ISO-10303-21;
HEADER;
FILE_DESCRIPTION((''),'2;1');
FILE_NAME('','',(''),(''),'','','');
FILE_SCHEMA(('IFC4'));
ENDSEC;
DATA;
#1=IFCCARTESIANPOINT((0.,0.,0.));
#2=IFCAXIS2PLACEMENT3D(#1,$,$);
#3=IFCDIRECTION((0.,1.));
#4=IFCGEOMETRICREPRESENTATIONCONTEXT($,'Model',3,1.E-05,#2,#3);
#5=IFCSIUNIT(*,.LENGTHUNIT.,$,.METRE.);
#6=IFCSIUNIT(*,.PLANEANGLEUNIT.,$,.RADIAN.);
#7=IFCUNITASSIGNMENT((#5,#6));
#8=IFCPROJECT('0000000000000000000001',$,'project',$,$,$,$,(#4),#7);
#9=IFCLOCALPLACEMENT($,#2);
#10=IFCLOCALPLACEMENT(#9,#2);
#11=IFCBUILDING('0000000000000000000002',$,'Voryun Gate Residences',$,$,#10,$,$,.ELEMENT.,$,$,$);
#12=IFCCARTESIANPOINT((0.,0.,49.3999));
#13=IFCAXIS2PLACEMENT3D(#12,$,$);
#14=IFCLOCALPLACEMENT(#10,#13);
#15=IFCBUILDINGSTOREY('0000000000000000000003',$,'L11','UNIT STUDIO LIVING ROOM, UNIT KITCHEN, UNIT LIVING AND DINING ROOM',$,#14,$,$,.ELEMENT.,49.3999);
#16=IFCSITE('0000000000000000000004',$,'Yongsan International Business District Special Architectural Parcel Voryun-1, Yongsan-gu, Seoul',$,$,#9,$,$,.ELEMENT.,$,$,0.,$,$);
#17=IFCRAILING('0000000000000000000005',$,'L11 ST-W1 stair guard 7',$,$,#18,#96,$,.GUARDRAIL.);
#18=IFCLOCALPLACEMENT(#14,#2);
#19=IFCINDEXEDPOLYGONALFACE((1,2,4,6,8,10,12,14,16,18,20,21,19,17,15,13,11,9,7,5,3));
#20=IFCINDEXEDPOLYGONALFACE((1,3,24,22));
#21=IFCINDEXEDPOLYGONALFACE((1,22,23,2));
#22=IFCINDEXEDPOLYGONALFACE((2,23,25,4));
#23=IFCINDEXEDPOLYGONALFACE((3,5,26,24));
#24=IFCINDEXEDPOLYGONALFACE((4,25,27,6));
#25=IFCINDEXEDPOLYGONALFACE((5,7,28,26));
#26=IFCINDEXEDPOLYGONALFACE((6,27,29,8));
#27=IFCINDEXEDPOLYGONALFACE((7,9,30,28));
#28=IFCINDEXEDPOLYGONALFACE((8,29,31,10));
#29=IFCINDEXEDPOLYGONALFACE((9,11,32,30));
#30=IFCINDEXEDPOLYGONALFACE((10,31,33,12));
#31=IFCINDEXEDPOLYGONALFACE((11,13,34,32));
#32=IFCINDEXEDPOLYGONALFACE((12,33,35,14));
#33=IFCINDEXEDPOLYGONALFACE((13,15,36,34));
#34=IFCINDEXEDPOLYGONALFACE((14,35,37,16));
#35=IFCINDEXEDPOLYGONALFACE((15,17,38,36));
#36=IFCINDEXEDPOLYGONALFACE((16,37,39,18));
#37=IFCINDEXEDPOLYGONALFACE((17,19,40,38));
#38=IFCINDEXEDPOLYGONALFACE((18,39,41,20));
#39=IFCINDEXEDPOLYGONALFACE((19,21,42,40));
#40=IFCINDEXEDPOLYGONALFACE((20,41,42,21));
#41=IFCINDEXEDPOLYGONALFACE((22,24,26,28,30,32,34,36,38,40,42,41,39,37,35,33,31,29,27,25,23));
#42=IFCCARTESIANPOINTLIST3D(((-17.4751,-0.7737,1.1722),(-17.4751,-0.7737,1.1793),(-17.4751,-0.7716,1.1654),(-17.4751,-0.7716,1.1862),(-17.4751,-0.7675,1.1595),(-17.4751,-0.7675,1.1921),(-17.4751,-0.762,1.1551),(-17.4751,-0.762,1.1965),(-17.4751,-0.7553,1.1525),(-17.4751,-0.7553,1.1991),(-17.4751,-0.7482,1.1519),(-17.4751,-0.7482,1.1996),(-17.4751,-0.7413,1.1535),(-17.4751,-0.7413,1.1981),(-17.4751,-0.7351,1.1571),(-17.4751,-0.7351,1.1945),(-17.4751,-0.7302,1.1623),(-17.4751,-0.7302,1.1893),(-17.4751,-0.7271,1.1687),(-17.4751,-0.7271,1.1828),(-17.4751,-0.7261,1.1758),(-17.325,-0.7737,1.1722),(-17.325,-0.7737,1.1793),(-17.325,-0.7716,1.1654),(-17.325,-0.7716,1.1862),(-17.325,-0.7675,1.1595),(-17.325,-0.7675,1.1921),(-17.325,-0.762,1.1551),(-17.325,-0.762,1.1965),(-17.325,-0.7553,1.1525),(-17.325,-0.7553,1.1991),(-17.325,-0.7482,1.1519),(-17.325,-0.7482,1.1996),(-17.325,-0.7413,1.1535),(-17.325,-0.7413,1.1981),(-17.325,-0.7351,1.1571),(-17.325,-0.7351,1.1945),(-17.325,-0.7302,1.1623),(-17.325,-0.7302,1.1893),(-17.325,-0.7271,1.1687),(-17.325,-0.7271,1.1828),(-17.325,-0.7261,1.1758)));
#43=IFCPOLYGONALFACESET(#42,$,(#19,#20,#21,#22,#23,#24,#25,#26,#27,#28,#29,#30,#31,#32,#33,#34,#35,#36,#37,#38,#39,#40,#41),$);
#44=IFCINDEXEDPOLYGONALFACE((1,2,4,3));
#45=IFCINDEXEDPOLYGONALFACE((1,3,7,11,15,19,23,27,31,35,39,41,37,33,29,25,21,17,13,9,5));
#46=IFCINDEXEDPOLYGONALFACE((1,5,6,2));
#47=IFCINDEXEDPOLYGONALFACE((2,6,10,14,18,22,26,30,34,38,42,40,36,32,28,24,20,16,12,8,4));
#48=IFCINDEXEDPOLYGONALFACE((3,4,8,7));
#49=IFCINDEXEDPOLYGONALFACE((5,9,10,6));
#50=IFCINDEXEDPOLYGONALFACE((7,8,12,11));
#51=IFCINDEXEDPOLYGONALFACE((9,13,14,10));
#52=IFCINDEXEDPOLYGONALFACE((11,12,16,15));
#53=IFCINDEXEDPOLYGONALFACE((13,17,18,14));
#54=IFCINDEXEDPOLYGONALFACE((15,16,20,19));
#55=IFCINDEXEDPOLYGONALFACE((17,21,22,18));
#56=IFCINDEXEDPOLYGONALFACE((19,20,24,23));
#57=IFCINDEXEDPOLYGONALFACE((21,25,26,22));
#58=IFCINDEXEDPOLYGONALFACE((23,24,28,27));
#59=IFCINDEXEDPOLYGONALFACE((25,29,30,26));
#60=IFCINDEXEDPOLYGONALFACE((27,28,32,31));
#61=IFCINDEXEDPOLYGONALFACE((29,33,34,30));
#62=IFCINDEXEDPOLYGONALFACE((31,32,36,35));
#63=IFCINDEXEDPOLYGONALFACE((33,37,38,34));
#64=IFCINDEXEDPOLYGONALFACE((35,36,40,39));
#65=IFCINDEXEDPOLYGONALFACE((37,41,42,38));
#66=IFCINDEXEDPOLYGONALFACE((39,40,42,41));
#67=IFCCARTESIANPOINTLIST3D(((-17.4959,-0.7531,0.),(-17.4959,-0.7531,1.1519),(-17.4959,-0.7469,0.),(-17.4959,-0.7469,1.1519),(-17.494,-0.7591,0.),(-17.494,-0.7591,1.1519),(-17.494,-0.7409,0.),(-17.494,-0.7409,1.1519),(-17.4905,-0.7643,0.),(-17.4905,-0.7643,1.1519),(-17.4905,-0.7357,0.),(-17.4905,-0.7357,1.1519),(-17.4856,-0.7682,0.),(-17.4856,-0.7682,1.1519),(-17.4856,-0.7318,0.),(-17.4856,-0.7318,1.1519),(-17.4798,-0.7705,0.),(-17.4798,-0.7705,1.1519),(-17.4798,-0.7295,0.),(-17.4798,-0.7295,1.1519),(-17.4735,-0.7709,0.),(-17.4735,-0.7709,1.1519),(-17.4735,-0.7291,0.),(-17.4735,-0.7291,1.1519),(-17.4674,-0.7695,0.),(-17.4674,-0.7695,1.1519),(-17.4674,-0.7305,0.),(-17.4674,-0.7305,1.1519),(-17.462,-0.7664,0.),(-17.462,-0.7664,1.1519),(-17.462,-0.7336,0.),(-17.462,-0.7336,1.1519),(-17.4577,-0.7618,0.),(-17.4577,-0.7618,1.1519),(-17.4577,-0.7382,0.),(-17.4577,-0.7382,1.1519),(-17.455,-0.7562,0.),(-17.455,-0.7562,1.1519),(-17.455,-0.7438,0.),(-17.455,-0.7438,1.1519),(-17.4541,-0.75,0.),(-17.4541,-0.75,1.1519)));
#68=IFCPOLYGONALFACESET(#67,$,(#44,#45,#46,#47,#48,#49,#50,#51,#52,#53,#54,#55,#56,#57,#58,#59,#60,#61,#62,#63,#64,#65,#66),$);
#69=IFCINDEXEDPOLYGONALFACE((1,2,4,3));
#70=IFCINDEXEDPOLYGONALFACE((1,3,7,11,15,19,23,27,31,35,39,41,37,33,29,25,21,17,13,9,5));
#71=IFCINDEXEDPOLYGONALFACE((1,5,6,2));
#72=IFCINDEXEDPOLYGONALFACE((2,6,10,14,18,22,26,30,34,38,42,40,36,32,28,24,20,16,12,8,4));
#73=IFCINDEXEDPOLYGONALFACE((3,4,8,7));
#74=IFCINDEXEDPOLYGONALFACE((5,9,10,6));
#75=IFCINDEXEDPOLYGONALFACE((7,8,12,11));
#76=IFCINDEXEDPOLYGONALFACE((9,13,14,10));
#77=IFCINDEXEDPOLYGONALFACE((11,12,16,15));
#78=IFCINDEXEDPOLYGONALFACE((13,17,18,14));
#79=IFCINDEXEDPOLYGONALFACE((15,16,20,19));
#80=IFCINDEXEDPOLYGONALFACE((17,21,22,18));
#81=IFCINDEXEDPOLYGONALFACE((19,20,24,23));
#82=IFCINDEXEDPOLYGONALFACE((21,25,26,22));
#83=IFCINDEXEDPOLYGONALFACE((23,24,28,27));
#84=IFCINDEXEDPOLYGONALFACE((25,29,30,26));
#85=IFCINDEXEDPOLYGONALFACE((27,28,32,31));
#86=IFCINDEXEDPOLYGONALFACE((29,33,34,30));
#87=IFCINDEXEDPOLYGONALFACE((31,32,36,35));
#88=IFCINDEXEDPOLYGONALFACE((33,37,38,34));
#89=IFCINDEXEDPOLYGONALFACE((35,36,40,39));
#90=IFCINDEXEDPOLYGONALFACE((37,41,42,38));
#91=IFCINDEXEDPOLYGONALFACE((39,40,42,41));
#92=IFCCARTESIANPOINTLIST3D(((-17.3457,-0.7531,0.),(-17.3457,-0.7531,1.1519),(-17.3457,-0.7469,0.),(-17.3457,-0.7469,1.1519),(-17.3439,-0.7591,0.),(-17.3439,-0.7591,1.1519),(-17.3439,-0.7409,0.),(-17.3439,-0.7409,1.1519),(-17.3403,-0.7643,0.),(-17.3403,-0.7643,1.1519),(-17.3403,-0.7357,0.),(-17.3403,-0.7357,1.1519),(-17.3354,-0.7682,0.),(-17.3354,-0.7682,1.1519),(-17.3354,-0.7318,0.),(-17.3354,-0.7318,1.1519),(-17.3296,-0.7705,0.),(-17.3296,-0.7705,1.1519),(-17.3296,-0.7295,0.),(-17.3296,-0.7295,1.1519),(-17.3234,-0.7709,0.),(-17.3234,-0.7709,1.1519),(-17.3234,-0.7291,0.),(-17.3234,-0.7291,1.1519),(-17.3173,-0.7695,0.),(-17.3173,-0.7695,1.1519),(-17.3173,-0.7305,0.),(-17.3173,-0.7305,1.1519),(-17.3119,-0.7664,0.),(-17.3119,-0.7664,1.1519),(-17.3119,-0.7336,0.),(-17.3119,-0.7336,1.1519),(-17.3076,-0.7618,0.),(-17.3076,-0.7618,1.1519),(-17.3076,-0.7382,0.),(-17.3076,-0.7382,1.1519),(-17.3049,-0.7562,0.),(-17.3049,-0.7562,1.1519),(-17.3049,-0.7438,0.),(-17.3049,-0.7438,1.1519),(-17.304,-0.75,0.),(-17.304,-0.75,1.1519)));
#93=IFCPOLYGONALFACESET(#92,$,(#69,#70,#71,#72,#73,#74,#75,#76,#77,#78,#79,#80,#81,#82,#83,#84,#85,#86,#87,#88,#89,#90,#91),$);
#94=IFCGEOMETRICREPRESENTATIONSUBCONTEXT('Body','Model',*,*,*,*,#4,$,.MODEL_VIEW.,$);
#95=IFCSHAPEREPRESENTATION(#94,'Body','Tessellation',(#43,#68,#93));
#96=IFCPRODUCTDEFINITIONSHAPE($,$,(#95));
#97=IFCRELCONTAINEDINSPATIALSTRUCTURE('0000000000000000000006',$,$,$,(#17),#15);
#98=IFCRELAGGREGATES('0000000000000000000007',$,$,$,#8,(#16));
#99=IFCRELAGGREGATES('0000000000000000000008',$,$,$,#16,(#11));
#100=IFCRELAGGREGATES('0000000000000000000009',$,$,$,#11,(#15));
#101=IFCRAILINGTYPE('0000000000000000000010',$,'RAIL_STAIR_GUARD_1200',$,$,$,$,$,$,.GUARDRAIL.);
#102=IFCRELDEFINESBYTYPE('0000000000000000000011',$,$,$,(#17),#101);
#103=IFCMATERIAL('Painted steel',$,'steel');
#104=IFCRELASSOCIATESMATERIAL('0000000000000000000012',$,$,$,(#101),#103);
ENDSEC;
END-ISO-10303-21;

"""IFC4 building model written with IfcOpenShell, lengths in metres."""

from ifc_helpers import new_model, si_unit, direction, frame, origin, origin_2d, place, context, subcontext, project, spatial, circle, extrude, material, type_object, element, save


model = new_model("IFC4")

# Units and contexts
model_context = context("Model", 3, precision=1e-05, world=origin(), true_north=direction((0.0, 1.0)))
body_context = subcontext(model_context, "Body", "Model", "MODEL_VIEW")
ifc_project = project(units=[si_unit("LENGTHUNIT", "METRE"), si_unit("PLANEANGLEUNIT", "RADIAN")], contexts=[model_context])

# Site, building, storey
site_placement = place(None, origin())
site = spatial("IfcSite", under=ifc_project, at=site_placement, Name="Yongsan International Business District Special Architectural Parcel Voryun-1, Yongsan-gu, Seoul", CompositionType="ELEMENT", RefElevation=0.0)
building_placement = place(site_placement, origin())
building = spatial("IfcBuilding", under=site, at=building_placement, Name="Voryun Gate Residences", CompositionType="ELEMENT")
storey_placement = place(building_placement, frame((0.0, 0.0, 49.3999)))
storey = spatial("IfcBuildingStorey", under=building, at=storey_placement, Name="L11", Description="UNIT STUDIO LIVING ROOM, UNIT KITCHEN, UNIT LIVING AND DINING ROOM", CompositionType="ELEMENT", Elevation=49.3999)

# Railing
ifc_material_1 = material(Name="Painted steel", Category="steel")
railing_type_1 = type_object("IfcRailingType", Name="RAIL_STAIR_GUARD_1200", PredefinedType="GUARDRAIL", material=ifc_material_1)
railing_1_placement = place(storey_placement, frame((-17.4751, -0.75, 0.0)))
element("IfcRailing", 1, at=railing_1_placement, inside=storey, type_object=railing_type_1, Name="L11 ST-W1 stair guard 7", PredefinedType="GUARDRAIL", context=body_context, shape_type="SweptSolid", body=[
    extrude(circle(Radius=0.0239, at=origin_2d()), frame((0.0, 0.0, 1.1758), z_axis=(1.0, 0.0, 0.0), x_axis=(0.0, 1.0, 0.0)), (0.0, 0.0, 1.0), 0.1501),
    extrude(circle(Radius=0.021, at=origin_2d()), origin(), (0.0, 0.0, 1.0), 1.1519),
    extrude(circle(Radius=0.021, at=origin_2d()), frame((0.1501, 0.0, 0.0)), (0.0, 0.0, 1.0), 1.1519),
])

save(model, "model.ifc")
